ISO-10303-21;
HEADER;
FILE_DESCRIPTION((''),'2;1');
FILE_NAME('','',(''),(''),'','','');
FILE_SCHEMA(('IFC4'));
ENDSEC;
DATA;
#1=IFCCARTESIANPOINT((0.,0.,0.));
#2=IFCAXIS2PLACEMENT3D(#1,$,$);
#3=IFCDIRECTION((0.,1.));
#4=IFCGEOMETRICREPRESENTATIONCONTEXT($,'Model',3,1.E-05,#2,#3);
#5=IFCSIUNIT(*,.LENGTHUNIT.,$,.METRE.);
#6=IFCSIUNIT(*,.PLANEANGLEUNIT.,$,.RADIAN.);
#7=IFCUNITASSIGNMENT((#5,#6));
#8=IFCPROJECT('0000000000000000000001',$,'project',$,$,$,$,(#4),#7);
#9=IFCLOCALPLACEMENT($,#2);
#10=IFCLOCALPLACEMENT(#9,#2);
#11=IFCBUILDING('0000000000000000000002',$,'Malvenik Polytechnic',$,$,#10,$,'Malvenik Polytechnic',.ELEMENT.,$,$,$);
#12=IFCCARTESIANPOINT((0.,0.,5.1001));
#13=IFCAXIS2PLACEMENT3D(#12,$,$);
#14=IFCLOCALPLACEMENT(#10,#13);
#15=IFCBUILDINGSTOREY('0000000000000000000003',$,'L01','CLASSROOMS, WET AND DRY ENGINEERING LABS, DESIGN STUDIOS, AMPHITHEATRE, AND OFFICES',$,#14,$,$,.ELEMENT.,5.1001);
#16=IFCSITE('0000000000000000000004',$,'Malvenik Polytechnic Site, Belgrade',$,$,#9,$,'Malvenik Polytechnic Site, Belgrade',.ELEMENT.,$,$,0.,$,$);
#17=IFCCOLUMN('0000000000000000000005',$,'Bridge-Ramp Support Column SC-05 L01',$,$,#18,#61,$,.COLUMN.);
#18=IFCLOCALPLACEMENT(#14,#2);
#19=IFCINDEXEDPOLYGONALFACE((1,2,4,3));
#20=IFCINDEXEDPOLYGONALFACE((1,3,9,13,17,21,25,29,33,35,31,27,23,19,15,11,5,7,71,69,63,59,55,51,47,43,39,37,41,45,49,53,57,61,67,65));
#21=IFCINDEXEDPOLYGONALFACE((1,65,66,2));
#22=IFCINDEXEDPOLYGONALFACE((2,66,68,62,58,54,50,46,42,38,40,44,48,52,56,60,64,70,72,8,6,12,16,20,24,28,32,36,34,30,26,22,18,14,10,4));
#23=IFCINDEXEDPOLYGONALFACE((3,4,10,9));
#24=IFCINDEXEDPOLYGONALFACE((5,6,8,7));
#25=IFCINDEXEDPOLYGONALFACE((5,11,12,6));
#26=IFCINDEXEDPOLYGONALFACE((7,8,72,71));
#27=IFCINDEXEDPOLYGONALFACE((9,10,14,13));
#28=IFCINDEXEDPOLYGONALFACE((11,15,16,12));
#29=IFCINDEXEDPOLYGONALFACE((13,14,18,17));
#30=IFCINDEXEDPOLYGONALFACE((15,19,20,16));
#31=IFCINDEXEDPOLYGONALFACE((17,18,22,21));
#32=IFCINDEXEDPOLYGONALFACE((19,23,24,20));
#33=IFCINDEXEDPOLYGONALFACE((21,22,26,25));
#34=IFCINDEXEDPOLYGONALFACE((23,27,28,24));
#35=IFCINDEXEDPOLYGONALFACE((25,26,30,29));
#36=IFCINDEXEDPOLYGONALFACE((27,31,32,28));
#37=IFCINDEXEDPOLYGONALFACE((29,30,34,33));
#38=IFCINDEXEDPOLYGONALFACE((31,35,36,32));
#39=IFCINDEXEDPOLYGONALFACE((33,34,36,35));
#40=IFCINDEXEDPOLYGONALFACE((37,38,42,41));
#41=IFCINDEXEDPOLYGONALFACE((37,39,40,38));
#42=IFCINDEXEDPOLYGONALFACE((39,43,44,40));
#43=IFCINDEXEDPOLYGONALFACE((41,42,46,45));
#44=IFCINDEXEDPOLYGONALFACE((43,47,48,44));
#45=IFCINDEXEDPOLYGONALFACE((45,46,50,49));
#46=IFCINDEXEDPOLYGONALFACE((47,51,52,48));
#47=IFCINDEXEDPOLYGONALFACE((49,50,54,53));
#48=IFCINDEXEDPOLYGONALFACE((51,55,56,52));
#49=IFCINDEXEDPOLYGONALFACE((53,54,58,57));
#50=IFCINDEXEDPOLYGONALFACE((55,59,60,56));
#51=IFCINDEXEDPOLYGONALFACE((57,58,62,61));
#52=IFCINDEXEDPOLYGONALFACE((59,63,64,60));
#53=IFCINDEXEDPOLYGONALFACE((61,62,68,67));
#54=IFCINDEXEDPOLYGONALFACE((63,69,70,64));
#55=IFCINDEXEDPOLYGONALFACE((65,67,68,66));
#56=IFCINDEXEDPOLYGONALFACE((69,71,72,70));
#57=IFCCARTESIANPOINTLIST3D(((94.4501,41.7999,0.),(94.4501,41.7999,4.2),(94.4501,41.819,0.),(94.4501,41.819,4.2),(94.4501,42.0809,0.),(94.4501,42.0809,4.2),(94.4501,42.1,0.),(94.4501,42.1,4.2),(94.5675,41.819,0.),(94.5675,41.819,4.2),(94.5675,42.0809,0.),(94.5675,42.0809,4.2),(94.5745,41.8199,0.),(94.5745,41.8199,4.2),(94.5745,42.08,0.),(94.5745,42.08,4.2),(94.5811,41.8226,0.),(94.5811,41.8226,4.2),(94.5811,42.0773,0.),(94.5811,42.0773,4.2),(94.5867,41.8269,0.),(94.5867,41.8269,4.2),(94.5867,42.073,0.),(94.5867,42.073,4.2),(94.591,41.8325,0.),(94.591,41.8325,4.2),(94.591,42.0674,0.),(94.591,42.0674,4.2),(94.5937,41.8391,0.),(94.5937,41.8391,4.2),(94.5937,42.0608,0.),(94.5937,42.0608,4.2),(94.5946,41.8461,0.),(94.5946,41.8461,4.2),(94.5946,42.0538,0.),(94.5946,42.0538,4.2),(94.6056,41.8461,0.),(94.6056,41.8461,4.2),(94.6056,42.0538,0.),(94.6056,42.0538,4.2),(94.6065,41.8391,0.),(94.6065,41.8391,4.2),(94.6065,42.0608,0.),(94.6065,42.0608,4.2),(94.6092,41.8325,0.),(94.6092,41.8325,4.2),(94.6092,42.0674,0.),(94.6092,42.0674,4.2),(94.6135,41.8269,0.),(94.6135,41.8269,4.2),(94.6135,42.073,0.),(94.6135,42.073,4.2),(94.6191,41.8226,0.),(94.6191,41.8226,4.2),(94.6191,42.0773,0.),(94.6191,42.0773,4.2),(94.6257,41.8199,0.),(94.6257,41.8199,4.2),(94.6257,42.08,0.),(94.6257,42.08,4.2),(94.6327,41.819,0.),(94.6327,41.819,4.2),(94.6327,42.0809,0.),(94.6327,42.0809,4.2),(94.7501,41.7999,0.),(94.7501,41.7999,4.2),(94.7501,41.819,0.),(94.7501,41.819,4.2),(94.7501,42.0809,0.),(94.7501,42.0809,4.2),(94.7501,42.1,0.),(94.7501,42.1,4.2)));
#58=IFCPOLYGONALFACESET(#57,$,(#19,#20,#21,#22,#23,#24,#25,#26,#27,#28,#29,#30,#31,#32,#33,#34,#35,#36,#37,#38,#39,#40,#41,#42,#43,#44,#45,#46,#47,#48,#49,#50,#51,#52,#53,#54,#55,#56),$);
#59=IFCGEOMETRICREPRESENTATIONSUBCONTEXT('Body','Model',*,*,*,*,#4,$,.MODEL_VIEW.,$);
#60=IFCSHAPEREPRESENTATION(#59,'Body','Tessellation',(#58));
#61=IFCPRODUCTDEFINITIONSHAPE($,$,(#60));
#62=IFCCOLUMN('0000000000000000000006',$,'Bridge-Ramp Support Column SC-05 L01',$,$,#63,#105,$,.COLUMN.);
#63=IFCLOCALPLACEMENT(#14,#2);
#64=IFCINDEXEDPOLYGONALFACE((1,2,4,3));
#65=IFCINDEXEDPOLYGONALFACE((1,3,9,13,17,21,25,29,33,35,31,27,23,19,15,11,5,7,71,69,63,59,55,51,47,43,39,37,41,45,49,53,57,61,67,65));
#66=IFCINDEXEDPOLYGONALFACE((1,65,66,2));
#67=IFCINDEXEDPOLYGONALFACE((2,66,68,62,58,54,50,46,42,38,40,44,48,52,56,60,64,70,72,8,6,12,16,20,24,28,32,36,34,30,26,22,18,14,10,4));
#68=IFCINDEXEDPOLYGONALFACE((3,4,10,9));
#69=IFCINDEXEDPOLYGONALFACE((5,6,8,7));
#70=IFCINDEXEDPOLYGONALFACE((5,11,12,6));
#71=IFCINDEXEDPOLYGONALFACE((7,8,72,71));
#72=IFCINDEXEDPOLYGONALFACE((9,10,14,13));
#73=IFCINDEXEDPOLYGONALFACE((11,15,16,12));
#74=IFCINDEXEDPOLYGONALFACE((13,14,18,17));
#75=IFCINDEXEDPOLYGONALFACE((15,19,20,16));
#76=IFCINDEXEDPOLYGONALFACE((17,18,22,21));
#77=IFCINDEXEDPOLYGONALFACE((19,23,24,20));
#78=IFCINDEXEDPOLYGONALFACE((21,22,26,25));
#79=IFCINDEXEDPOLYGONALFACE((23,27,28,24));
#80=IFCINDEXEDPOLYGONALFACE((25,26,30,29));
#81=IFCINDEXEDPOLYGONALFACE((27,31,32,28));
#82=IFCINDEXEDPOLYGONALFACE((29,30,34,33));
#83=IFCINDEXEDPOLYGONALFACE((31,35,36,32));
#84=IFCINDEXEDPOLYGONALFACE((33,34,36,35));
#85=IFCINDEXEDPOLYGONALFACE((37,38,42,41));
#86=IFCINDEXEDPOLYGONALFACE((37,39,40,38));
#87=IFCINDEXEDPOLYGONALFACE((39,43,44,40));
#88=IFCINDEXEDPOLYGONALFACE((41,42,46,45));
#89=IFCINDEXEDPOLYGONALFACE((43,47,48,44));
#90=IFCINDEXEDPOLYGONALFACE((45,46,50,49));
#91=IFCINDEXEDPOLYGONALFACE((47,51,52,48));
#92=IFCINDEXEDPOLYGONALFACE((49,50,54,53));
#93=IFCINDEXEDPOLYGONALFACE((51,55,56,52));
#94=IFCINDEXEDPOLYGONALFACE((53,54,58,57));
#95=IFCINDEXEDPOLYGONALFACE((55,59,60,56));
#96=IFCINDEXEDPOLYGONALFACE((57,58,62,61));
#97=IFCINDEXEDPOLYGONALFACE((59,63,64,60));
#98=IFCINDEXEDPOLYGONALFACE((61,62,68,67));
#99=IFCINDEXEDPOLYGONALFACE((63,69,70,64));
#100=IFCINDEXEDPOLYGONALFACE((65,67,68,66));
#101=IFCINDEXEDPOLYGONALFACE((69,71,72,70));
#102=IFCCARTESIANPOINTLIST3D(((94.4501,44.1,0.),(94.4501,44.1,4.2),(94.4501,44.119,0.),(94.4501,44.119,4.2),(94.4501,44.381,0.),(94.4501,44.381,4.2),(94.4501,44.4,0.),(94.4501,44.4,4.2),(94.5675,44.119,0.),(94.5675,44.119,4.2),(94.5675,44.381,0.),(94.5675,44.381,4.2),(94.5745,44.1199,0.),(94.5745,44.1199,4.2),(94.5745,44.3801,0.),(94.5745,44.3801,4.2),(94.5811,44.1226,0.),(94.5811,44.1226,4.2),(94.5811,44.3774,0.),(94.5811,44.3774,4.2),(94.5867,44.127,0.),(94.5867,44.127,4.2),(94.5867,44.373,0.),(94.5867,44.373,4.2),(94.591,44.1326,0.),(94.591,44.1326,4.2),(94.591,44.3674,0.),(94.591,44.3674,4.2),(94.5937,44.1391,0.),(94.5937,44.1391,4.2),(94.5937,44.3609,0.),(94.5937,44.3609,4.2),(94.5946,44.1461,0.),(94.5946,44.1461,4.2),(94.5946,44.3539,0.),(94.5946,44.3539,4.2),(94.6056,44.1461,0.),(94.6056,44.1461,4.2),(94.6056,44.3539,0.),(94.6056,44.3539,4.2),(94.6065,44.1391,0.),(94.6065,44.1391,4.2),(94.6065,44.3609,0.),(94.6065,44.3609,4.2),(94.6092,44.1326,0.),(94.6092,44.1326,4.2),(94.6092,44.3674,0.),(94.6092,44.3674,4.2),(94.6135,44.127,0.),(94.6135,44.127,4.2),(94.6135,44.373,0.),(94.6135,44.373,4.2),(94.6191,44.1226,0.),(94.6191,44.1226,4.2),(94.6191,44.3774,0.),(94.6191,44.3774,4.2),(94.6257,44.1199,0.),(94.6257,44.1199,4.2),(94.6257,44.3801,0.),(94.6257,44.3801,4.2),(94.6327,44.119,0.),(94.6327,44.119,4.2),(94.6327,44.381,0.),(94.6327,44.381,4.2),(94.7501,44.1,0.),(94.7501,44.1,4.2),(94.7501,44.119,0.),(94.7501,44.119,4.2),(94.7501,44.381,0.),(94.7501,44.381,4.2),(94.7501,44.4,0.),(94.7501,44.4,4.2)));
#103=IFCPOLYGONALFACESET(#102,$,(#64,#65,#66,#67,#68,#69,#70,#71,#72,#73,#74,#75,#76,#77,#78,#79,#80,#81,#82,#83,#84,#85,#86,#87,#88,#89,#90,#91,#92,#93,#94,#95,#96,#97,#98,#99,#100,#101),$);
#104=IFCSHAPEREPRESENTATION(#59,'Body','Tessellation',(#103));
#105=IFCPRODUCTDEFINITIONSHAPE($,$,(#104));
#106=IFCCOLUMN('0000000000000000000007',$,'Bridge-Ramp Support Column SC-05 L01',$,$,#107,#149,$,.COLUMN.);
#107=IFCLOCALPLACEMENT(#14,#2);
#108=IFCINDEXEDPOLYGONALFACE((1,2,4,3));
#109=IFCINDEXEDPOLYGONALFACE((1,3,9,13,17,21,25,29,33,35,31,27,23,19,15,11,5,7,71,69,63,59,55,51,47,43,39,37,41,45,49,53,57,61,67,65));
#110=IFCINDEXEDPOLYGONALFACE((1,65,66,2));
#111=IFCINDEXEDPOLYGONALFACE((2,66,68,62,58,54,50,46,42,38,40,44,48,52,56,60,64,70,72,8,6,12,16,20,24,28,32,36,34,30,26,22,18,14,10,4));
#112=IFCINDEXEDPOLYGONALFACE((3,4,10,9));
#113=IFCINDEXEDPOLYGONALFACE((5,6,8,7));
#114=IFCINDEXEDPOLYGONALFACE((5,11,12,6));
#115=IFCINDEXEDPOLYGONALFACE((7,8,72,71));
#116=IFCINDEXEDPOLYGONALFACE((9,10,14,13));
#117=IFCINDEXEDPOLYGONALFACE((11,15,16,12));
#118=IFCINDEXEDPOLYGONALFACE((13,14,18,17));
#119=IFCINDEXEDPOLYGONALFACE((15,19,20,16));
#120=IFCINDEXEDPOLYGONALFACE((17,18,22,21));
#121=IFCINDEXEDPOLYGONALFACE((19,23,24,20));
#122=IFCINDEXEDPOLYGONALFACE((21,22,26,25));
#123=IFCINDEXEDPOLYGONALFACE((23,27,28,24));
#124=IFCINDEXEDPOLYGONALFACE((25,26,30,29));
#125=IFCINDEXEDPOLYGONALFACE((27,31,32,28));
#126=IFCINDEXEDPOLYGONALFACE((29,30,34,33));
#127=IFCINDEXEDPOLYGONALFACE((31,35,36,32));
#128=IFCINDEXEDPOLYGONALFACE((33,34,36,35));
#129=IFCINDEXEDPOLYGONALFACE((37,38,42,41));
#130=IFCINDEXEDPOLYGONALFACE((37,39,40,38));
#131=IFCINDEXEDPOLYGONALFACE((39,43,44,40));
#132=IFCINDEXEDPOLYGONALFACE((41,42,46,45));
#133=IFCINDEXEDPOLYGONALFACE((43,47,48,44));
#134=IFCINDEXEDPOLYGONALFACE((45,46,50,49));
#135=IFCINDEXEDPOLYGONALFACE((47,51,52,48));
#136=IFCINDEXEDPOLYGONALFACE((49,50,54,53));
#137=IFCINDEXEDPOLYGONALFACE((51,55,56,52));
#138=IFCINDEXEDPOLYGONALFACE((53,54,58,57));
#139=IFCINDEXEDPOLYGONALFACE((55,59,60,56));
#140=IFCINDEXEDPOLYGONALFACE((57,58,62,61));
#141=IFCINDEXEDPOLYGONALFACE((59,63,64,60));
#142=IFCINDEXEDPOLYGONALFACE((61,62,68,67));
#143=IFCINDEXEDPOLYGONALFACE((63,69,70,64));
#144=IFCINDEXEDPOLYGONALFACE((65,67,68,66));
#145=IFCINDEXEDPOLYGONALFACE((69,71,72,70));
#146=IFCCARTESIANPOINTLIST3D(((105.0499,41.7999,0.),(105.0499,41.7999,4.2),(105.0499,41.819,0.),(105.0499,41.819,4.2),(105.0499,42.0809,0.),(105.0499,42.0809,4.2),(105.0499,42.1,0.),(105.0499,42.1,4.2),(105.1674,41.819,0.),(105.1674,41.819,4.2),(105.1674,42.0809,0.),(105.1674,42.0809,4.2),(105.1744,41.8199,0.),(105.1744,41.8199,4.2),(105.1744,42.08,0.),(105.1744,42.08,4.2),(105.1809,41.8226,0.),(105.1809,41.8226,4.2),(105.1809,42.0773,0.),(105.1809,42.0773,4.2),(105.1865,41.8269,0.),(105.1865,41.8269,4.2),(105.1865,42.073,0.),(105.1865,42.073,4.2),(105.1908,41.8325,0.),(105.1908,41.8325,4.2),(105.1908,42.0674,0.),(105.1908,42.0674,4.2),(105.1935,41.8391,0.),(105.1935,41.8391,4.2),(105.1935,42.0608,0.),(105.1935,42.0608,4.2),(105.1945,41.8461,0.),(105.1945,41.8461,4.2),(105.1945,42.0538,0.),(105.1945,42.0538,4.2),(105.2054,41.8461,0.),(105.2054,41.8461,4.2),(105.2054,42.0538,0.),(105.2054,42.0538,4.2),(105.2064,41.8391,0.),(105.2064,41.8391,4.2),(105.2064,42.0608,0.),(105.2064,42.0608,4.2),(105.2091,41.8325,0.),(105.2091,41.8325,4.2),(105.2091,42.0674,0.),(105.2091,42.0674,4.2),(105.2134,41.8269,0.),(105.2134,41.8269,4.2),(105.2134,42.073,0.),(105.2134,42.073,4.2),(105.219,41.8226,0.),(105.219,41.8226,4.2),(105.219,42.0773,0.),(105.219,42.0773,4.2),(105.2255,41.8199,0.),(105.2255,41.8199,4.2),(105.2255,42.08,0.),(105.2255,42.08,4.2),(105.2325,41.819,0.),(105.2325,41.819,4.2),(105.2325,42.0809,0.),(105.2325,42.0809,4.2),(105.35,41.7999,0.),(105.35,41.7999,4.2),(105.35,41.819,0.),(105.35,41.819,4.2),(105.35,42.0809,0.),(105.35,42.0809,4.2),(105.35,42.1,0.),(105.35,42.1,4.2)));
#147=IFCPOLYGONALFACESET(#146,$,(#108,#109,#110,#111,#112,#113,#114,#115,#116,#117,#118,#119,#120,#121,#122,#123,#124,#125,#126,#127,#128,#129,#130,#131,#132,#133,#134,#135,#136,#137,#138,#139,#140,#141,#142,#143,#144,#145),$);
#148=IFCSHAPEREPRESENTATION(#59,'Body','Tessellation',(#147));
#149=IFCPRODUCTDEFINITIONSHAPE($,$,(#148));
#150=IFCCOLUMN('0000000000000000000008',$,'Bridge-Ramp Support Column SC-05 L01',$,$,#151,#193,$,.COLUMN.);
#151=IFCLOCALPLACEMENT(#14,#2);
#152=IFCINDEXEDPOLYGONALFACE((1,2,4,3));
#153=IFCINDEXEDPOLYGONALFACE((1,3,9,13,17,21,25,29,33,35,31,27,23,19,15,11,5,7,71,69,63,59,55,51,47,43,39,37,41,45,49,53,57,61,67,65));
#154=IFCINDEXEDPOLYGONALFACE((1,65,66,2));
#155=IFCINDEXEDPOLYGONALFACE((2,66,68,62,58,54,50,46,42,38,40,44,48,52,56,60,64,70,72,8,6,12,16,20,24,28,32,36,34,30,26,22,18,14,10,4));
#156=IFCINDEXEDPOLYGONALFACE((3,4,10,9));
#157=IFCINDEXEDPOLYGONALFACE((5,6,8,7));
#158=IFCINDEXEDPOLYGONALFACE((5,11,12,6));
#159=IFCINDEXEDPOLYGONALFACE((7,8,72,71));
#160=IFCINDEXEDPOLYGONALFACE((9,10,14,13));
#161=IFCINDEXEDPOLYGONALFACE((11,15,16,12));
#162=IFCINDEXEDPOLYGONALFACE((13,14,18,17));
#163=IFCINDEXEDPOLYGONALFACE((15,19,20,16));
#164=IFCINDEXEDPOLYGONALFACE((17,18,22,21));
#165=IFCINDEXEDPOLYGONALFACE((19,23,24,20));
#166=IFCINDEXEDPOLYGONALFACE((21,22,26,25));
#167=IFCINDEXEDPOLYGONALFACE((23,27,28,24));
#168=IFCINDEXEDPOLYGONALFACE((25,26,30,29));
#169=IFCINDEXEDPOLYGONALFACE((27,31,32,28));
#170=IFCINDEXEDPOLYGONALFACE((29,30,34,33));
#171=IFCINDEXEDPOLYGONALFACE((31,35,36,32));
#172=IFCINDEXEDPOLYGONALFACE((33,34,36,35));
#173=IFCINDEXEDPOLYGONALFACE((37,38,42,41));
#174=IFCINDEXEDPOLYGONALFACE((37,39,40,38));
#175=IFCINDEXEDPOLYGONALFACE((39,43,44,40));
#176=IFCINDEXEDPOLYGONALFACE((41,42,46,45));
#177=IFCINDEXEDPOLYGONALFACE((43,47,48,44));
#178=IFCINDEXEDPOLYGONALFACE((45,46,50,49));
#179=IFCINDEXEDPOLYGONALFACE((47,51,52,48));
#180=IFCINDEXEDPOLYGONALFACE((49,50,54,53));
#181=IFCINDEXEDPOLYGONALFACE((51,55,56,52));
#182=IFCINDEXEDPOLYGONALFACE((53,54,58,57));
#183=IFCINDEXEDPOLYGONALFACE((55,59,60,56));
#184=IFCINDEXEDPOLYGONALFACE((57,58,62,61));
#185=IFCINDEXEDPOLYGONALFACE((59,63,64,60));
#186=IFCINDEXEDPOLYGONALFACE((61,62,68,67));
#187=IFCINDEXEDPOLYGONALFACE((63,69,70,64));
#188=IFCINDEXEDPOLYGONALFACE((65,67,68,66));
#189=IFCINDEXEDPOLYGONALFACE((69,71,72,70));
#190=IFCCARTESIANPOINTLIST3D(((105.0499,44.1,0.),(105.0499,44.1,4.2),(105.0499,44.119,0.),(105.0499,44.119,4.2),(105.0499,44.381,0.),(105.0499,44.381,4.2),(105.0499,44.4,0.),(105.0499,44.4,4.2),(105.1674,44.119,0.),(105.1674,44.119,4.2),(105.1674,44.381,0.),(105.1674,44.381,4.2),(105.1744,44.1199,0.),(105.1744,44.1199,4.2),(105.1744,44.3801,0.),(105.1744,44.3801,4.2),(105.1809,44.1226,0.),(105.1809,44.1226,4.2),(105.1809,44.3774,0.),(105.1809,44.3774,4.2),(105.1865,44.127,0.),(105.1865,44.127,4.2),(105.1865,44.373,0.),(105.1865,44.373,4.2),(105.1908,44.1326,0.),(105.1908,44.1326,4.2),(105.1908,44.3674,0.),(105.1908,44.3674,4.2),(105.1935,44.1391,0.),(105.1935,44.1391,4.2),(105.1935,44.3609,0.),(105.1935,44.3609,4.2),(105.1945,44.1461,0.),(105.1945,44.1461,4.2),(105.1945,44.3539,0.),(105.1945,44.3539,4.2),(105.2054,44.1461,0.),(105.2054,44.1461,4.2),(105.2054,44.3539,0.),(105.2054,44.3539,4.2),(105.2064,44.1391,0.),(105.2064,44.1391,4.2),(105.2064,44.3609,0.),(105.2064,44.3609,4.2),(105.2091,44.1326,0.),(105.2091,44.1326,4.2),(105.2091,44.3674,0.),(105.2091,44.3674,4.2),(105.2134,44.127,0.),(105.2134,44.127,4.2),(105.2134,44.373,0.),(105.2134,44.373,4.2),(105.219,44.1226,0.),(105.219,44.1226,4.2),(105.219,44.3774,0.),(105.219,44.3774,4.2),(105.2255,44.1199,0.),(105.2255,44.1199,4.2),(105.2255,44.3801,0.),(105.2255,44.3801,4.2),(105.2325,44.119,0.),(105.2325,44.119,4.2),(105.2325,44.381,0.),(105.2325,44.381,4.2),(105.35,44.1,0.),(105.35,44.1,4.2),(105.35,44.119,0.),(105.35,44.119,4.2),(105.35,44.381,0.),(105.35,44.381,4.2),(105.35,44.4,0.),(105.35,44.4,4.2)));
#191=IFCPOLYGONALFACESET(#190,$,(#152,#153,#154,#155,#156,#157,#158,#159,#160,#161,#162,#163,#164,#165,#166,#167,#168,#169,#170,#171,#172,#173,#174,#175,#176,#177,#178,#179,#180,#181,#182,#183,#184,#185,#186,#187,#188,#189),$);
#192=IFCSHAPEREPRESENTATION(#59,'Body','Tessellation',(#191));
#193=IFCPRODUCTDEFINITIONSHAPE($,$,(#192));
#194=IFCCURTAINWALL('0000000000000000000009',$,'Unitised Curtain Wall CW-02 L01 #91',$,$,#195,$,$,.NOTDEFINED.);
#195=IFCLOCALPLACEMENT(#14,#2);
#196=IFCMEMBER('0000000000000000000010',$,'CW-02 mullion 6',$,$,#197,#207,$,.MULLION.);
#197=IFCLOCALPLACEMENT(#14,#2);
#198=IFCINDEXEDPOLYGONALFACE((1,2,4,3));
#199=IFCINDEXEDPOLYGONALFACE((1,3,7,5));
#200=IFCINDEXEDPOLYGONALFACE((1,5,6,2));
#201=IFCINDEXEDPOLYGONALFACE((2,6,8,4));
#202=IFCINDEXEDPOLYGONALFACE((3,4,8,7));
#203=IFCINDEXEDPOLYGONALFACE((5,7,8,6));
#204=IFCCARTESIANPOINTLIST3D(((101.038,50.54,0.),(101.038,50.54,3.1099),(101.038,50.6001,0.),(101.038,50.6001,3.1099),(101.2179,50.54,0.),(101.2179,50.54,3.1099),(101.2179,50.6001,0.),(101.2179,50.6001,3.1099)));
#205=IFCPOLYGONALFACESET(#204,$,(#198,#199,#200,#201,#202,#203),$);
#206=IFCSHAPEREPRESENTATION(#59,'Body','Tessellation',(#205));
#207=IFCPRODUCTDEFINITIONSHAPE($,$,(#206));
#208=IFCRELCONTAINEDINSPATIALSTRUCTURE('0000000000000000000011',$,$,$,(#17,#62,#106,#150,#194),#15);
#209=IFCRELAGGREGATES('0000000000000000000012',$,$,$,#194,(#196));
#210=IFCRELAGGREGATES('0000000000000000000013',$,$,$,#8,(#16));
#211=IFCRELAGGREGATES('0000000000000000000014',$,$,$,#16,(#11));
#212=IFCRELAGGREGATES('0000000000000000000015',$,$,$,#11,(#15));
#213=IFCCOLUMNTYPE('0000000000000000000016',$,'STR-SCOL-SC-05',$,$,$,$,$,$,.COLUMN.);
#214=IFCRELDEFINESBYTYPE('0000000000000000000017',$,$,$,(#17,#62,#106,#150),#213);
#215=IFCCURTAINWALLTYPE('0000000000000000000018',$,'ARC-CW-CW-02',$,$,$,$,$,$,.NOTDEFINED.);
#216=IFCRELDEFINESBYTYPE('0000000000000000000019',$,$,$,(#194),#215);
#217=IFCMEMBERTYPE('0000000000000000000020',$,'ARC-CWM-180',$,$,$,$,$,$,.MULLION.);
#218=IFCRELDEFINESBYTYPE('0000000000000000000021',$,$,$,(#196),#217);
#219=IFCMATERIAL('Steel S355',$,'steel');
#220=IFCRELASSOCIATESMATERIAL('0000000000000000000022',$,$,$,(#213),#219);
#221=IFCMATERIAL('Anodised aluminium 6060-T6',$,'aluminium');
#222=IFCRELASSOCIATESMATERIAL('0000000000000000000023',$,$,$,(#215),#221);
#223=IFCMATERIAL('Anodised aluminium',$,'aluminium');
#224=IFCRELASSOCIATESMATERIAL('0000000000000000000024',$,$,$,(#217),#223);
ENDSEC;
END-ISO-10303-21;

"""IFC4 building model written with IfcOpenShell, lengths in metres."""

from ifc_helpers import new_model, si_unit, direction, frame, origin, origin_2d, place, context, subcontext, project, spatial, rectangle, i_section, extrude, material, material_profile, profile_set, type_object, element, aggregate, save


model = new_model("IFC4")

# Units and contexts
model_context = context("Model", 3, precision=1e-05, world=origin(), true_north=direction((0.0, 1.0)))
body_context = subcontext(model_context, "Body", "Model", "MODEL_VIEW")
ifc_project = project(units=[si_unit("LENGTHUNIT", "METRE"), si_unit("PLANEANGLEUNIT", "RADIAN")], contexts=[model_context])

# Site, building, storey
site_placement = place(None, origin())
site = spatial("IfcSite", under=ifc_project, at=site_placement, Name="Malvenik Polytechnic Site, Belgrade", LongName="Malvenik Polytechnic Site, Belgrade", CompositionType="ELEMENT", RefElevation=0.0)
building_placement = place(site_placement, origin())
building = spatial("IfcBuilding", under=site, at=building_placement, Name="Malvenik Polytechnic", LongName="Malvenik Polytechnic", CompositionType="ELEMENT")
storey_placement = place(building_placement, frame((0.0, 0.0, 5.1001)))
storey = spatial("IfcBuildingStorey", under=building, at=storey_placement, Name="L01", Description="CLASSROOMS, WET AND DRY ENGINEERING LABS, DESIGN STUDIOS, AMPHITHEATRE, AND OFFICES", CompositionType="ELEMENT", Elevation=5.1001)

# Columns
ifc_material_1 = material(Name="Steel S355", Category="steel")
ifc_material_profile_1 = material_profile(ifc_material_1, i_section(OverallWidth=0.3, OverallDepth=0.3, WebThickness=0.011, FlangeThickness=0.019, FilletRadius=0.0271, at=origin_2d()), Name="HEB 300")
ifc_profile_set_1 = profile_set([ifc_material_profile_1], Name="Steel S355")
column_type_1 = type_object("IfcColumnType", Name="STR-SCOL-SC-05", PredefinedType="COLUMN", material=ifc_profile_set_1)
for number, where, z_axis, x_axis, name in (
    (1, (94.6001, 41.95, 0.0), (0.0, 0.0, 1.0), (1.0, 0.0, 0.0), "Bridge-Ramp Support Column SC-05 L01"),
    (2, (94.6001, 44.25, 0.0), (0.0, 0.0, 1.0), (1.0, 0.0, 0.0), "Bridge-Ramp Support Column SC-05 L01"),
    (3, (105.2, 41.95, 0.0), (0.0, 0.0, 1.0), (1.0, 0.0, 0.0), "Bridge-Ramp Support Column SC-05 L01"),
    (4, (105.2, 44.25, 0.0), (0.0, 0.0, 1.0), (1.0, 0.0, 0.0), "Bridge-Ramp Support Column SC-05 L01"),
):
    element("IfcColumn", number, at=place(storey_placement, frame(where, z_axis=z_axis, x_axis=x_axis)), inside=storey, type_object=column_type_1, Name=name, PredefinedType="COLUMN", context=body_context, shape_type="SweptSolid", body=[
        extrude(i_section(OverallWidth=0.3, OverallDepth=0.3, WebThickness=0.011, FlangeThickness=0.019, FilletRadius=0.0271, at=origin_2d()), origin(), (0.0, 0.0, 1.0), 4.2),
    ])

# Curtain wall, member
ifc_material_2 = material(Name="Anodised aluminium 6060-T6", Category="aluminium")
curtain_wall_type = type_object("IfcCurtainWallType", Name="ARC-CW-CW-02", PredefinedType="NOTDEFINED", material=ifc_material_2)
curtain_wall_placement = place(storey_placement, origin())
curtain_wall = element("IfcCurtainWall", 5, at=curtain_wall_placement, inside=storey, type_object=curtain_wall_type, Name="Unitised Curtain Wall CW-02 L01 #91", PredefinedType="NOTDEFINED")
ifc_material_3 = material(Name="Anodised aluminium", Category="aluminium")
ifc_material_profile_2 = material_profile(ifc_material_3, rectangle(XDim=0.0601, YDim=0.1799, at=origin_2d()), Name="ALU MULLION 60x180")
ifc_profile_set_2 = profile_set([ifc_material_profile_2], Name="Anodised aluminium")
member_type_1 = type_object("IfcMemberType", Name="ARC-CWM-180", PredefinedType="MULLION", material=ifc_profile_set_2)
member_1_placement = place(storey_placement, frame((101.1279, 50.5701, 0.0), z_axis=(0.0, 0.0, 1.0), x_axis=(0.0, -1.0, 0.0)))
member_1 = element("IfcMember", 6, at=member_1_placement, type_object=member_type_1, Name="CW-02 mullion 6", PredefinedType="MULLION", context=body_context, shape_type="SweptSolid", body=[
    extrude(rectangle(XDim=0.0601, YDim=0.1799, at=origin_2d()), origin(), (0.0, 0.0, 1.0), 3.1099),
])

aggregate(curtain_wall, [member_1])

save(model, "model.ifc")
